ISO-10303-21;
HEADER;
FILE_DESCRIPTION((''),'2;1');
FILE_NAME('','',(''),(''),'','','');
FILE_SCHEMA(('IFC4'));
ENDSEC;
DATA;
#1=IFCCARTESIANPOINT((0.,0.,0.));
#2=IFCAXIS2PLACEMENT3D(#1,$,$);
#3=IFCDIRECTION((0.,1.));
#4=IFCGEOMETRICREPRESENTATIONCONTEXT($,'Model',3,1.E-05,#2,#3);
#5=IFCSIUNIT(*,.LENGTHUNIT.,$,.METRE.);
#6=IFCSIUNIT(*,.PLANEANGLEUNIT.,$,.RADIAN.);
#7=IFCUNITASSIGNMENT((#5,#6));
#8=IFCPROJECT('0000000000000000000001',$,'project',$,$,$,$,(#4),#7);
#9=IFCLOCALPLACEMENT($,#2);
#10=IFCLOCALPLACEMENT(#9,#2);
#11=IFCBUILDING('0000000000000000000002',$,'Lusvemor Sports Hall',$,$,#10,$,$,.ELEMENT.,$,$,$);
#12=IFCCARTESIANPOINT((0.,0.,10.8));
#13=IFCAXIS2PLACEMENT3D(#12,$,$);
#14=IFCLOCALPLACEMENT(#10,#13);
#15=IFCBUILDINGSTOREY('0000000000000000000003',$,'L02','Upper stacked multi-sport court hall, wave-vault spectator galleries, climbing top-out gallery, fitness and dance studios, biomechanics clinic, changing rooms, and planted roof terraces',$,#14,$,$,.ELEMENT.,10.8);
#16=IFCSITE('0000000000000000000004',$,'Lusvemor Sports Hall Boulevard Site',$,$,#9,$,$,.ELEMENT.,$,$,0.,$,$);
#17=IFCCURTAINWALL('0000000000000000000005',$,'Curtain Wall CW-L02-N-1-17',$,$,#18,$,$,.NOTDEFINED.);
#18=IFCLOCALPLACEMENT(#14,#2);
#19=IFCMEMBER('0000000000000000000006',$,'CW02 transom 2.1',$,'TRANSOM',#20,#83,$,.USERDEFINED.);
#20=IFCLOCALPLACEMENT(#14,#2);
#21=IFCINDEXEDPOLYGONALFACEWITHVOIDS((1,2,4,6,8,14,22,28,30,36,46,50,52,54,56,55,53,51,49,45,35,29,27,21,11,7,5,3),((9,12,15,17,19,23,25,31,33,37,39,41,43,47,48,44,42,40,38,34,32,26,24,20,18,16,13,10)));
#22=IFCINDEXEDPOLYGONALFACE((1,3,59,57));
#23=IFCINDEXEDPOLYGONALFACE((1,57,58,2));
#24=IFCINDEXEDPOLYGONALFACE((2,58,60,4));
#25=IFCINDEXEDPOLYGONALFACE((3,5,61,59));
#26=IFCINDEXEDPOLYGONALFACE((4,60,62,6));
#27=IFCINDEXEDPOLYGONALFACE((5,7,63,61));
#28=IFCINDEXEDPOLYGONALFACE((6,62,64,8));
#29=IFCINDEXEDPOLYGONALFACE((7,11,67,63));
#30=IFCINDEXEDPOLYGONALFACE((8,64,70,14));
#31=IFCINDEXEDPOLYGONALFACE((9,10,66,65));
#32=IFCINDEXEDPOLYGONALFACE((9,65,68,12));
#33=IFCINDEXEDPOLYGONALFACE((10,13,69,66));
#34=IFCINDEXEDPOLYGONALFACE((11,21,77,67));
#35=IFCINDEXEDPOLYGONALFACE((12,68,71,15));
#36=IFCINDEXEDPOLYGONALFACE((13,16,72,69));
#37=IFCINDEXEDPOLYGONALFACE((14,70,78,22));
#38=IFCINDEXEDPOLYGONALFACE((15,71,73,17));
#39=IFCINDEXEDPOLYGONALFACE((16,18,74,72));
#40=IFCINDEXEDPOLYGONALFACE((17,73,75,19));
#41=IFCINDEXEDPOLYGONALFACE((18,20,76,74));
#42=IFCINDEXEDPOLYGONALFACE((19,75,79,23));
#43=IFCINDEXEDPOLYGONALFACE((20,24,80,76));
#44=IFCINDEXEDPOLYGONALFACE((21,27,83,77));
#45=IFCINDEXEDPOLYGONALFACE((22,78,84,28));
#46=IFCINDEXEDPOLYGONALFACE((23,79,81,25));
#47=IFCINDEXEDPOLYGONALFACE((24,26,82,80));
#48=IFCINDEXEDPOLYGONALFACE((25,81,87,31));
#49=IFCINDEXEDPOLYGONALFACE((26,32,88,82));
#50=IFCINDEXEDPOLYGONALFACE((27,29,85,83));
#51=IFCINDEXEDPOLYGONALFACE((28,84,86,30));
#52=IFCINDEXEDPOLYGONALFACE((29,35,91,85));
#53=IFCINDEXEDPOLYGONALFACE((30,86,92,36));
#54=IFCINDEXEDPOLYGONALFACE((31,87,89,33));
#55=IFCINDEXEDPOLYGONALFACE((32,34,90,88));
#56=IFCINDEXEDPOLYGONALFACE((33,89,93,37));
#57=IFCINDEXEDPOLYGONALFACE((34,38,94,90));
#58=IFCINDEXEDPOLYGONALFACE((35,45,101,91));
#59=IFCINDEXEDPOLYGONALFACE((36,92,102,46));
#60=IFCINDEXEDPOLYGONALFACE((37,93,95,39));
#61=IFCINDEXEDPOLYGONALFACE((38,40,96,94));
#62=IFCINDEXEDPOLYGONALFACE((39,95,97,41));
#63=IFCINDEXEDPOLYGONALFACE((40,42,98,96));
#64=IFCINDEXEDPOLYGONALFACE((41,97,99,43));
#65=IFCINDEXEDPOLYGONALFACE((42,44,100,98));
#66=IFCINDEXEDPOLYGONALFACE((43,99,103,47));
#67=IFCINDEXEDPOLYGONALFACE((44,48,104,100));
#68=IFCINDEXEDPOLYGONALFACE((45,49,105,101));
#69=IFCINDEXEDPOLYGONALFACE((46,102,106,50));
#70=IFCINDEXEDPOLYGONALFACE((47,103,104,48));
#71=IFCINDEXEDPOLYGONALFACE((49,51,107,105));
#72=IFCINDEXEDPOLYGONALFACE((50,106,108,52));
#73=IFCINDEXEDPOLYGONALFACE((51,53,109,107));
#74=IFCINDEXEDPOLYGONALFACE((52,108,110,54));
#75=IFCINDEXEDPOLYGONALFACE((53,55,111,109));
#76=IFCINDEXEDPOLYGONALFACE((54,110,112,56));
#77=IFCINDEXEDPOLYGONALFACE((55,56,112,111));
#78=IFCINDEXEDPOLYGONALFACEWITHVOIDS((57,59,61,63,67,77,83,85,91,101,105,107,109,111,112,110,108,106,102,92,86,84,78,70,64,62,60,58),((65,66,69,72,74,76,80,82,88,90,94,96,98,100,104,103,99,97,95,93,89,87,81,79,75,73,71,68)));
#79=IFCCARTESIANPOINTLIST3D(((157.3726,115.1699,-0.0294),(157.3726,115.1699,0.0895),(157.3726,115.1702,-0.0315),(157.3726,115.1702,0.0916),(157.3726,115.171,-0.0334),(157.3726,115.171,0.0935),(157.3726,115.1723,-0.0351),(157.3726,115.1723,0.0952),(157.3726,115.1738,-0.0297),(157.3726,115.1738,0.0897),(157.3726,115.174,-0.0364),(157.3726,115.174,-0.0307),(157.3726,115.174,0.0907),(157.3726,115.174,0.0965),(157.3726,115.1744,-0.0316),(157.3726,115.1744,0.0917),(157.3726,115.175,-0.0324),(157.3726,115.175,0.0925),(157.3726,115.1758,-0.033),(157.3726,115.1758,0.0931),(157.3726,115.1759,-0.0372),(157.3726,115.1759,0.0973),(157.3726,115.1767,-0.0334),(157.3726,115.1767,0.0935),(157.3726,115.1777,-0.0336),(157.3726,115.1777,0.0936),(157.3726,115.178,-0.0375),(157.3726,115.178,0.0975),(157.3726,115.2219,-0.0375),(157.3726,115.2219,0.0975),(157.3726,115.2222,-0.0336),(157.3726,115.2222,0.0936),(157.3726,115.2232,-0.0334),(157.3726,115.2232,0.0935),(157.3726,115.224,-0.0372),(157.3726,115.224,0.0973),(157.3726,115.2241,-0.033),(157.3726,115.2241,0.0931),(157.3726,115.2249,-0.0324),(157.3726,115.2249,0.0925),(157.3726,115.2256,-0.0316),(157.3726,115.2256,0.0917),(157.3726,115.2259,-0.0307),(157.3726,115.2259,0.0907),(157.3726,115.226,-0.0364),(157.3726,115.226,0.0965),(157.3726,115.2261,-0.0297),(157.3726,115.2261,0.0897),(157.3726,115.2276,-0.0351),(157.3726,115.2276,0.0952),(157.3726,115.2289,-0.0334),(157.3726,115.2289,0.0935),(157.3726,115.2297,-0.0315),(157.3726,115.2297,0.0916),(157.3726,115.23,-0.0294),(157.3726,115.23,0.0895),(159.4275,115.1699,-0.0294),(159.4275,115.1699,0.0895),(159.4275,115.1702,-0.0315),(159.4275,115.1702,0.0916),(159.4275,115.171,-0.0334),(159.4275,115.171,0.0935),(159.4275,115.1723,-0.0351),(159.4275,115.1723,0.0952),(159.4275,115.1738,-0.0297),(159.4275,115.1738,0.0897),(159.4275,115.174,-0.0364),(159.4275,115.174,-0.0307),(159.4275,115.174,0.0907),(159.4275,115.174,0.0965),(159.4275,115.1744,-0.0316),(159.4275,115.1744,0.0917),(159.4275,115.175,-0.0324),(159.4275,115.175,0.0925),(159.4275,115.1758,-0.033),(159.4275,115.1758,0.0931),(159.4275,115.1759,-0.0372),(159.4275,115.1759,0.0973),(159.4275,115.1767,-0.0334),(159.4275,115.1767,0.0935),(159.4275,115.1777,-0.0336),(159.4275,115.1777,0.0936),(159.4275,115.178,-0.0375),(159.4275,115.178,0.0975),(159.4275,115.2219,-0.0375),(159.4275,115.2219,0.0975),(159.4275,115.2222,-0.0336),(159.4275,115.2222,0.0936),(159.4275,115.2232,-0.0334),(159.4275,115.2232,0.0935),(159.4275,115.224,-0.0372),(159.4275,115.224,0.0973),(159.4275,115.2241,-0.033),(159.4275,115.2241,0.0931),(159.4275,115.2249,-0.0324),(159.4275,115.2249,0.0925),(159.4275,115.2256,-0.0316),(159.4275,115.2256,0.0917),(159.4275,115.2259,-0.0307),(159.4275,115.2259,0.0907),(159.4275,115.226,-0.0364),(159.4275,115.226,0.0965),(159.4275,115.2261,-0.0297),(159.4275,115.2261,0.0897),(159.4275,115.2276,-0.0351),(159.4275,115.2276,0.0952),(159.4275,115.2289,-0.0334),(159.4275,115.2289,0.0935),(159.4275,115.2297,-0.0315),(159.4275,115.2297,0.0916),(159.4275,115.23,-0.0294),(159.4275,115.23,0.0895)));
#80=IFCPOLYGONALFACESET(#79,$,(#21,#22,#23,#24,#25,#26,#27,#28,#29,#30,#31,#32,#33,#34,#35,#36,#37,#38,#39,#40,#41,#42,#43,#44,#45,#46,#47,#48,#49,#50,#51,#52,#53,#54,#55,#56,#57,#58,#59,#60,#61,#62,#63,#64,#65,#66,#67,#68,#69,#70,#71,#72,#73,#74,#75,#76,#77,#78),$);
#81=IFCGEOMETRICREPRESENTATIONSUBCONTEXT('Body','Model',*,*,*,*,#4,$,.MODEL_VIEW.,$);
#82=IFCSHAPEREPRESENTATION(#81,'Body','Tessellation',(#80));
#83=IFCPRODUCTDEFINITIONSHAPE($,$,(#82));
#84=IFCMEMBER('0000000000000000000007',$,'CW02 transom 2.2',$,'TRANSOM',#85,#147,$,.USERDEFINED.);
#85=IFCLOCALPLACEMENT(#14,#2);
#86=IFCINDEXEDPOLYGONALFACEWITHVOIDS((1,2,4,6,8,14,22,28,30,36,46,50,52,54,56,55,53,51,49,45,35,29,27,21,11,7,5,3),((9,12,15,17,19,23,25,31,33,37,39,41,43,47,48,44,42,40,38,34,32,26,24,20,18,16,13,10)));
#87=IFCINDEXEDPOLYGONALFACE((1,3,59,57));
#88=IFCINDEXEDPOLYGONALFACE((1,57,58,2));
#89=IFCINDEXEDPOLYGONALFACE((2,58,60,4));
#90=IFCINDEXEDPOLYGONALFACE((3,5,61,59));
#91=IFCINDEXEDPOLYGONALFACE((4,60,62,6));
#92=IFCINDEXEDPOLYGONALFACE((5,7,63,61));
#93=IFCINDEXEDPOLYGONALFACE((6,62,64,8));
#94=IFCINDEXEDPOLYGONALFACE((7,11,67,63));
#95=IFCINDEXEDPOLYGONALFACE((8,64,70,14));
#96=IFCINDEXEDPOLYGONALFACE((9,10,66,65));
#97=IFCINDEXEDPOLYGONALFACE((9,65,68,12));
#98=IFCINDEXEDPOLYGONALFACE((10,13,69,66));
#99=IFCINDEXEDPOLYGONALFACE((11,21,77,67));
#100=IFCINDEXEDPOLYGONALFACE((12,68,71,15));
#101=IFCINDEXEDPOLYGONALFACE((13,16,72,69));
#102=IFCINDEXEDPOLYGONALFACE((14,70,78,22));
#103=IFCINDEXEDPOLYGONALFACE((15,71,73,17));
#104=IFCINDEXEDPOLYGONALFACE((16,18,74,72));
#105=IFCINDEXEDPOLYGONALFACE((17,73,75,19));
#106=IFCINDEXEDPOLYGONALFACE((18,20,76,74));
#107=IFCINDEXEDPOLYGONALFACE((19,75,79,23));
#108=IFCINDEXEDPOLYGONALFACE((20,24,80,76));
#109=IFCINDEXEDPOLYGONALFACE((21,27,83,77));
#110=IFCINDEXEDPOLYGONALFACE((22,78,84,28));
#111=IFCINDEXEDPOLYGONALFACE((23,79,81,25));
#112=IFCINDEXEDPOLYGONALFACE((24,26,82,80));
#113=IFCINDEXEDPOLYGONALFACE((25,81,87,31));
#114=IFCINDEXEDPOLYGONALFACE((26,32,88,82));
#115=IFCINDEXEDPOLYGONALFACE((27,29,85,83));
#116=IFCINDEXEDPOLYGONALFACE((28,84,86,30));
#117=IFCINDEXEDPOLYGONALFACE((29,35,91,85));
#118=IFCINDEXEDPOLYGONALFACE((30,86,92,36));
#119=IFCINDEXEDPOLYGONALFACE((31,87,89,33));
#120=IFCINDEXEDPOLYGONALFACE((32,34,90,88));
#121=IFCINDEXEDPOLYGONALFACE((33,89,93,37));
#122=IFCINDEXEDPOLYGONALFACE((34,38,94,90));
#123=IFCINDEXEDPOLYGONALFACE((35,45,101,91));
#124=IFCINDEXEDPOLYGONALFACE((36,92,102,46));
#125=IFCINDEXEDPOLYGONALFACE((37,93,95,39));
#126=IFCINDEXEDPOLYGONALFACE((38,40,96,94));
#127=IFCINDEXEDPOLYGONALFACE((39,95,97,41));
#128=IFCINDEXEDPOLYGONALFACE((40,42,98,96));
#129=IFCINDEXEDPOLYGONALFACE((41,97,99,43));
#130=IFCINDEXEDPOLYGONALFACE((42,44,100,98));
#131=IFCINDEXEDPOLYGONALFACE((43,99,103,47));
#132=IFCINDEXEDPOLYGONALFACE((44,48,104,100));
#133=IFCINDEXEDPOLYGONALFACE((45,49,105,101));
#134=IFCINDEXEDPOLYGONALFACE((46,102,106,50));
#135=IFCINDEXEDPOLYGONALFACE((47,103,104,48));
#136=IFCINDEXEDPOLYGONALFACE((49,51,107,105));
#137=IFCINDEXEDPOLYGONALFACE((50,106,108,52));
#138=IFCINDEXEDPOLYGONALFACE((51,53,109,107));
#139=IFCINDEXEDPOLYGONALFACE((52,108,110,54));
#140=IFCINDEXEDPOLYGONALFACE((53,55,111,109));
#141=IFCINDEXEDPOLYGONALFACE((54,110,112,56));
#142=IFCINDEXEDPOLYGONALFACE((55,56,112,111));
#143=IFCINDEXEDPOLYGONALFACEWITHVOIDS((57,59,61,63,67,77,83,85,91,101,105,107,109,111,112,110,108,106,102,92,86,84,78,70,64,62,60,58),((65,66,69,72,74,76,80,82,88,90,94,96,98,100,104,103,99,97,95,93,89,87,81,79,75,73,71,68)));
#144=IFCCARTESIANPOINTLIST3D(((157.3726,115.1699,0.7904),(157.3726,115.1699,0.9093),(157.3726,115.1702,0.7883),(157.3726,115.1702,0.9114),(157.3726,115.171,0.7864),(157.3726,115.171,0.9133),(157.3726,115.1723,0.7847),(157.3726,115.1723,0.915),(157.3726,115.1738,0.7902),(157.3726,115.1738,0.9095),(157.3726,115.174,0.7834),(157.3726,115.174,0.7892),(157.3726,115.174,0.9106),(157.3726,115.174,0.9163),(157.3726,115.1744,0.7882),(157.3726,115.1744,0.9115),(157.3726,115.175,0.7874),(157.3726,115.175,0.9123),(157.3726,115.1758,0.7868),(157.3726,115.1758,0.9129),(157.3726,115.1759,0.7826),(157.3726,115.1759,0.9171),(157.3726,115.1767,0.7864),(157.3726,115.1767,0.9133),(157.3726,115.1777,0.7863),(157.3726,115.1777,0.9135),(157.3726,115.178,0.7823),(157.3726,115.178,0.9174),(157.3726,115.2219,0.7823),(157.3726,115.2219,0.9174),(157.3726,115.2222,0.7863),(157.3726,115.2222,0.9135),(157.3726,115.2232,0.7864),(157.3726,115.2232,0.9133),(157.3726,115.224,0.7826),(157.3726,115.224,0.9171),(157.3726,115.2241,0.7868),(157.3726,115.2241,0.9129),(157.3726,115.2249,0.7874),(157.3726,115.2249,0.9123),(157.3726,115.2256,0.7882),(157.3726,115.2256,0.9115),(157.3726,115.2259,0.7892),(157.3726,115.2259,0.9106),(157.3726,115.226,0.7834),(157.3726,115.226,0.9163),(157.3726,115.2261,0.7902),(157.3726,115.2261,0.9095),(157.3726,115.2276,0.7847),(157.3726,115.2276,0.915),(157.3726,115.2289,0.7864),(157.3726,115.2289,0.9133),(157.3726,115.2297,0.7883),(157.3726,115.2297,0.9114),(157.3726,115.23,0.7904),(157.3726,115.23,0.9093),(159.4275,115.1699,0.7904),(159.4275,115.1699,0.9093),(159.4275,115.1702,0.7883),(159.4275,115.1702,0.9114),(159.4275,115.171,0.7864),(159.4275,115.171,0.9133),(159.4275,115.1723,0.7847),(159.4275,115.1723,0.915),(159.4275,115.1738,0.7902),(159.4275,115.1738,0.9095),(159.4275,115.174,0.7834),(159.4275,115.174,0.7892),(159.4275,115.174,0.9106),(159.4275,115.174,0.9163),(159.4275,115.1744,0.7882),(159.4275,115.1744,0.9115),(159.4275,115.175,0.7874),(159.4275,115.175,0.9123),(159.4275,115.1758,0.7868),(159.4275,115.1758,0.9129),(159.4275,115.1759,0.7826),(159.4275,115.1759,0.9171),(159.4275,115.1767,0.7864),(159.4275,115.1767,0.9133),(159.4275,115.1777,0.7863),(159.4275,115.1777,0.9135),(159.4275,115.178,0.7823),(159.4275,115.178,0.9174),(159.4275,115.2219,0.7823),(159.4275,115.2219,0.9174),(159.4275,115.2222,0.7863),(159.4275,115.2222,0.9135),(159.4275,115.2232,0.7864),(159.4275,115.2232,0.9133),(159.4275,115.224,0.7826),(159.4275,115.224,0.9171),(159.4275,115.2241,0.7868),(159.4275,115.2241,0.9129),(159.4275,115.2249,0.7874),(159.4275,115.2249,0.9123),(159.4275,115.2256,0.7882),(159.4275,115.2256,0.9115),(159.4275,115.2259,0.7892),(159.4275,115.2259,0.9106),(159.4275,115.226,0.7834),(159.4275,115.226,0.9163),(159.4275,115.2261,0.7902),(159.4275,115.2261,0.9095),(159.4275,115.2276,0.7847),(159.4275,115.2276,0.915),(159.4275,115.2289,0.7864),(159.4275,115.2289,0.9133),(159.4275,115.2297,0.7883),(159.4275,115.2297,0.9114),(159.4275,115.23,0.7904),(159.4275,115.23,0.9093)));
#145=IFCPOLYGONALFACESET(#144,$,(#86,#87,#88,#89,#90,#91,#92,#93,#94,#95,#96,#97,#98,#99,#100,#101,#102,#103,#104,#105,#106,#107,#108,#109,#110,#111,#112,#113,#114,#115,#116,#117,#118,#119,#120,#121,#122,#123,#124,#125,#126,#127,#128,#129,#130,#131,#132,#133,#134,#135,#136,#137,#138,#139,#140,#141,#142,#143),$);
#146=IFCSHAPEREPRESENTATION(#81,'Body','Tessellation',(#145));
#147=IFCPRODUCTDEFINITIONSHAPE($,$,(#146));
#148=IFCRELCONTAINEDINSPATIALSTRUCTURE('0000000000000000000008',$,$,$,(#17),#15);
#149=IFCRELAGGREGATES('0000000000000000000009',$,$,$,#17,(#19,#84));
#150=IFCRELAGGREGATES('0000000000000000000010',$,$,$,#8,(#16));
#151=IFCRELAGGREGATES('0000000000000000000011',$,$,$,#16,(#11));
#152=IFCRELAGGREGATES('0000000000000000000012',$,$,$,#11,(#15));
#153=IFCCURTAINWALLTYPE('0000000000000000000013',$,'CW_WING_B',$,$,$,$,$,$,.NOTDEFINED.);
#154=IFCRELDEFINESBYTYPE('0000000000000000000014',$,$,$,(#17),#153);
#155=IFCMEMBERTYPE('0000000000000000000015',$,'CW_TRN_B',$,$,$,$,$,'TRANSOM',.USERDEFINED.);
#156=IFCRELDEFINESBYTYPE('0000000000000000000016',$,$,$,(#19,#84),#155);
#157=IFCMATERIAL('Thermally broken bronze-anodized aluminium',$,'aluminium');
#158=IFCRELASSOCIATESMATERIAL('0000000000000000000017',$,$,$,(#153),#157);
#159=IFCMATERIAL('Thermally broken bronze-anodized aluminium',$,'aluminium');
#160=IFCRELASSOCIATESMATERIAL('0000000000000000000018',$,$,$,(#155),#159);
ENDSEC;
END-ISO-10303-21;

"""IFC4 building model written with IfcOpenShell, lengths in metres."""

from ifc_helpers import new_model, si_unit, direction, frame, origin, origin_2d, place, context, subcontext, project, spatial, hollow_rectangle, extrude, material, material_profile, profile_set, type_object, element, aggregate, save


model = new_model("IFC4")

# Units and contexts
model_context = context("Model", 3, precision=1e-05, world=origin(), true_north=direction((0.0, 1.0)))
body_context = subcontext(model_context, "Body", "Model", "MODEL_VIEW")
ifc_project = project(units=[si_unit("LENGTHUNIT", "METRE"), si_unit("PLANEANGLEUNIT", "RADIAN")], contexts=[model_context])

# Site, building, storey
site_placement = place(None, origin())
site = spatial("IfcSite", under=ifc_project, at=site_placement, Name="Lusvemor Sports Hall Boulevard Site", CompositionType="ELEMENT", RefElevation=0.0)
building_placement = place(site_placement, origin())
building = spatial("IfcBuilding", under=site, at=building_placement, Name="Lusvemor Sports Hall", CompositionType="ELEMENT")
storey_placement = place(building_placement, frame((0.0, 0.0, 10.8)))
storey = spatial("IfcBuildingStorey", under=building, at=storey_placement, Name="L02", Description="Upper stacked multi-sport court hall, wave-vault spectator galleries, climbing top-out gallery, fitness and dance studios, biomechanics clinic, changing rooms, and planted roof terraces", CompositionType="ELEMENT", Elevation=10.8)

# Curtain wall, members
ifc_material_1 = material(Name="Thermally broken bronze-anodized aluminium", Category="aluminium")
curtain_wall_type = type_object("IfcCurtainWallType", Name="CW_WING_B", PredefinedType="NOTDEFINED", material=ifc_material_1)
curtain_wall_placement = place(storey_placement, origin())
curtain_wall = element("IfcCurtainWall", 1, at=curtain_wall_placement, inside=storey, type_object=curtain_wall_type, Name="Curtain Wall CW-L02-N-1-17", PredefinedType="NOTDEFINED")
ifc_material_2 = material(Name="Thermally broken bronze-anodized aluminium", Category="aluminium")
ifc_material_profile_1 = material_profile(ifc_material_2, hollow_rectangle(XDim=0.0601, YDim=0.135, WallThickness=0.0039, InnerFilletRadius=0.0039, OuterFilletRadius=0.0081, at=origin_2d()), Name="CWTRN135x60x4")
ifc_profile_set_1 = profile_set([ifc_material_profile_1], Name="Thermally broken bronze-anodized aluminium")
member_type_1 = type_object("IfcMemberType", Name="CW_TRN_B", ElementType="TRANSOM", PredefinedType="USERDEFINED", material=ifc_profile_set_1)
member_1_placement = place(storey_placement, frame((157.3726, 115.2, 0.03), z_axis=(1.0, 0.0, 0.0), x_axis=(0.0, 1.0, 0.0)))
member_1 = element("IfcMember", 2, at=member_1_placement, type_object=member_type_1, Name="CW02 transom 2.1", ObjectType="TRANSOM", PredefinedType="USERDEFINED", context=body_context, shape_type="SweptSolid", body=[
    extrude(hollow_rectangle(XDim=0.0601, YDim=0.135, WallThickness=0.0039, InnerFilletRadius=0.0039, OuterFilletRadius=0.0081, at=origin_2d()), origin(), (0.0, 0.0, 1.0), 2.0549),
])
member_2_placement = place(storey_placement, frame((157.3726, 115.2, 0.8499), z_axis=(1.0, 0.0, 0.0), x_axis=(0.0, 1.0, 0.0)))
member_2 = element("IfcMember", 3, at=member_2_placement, type_object=member_type_1, Name="CW02 transom 2.2", ObjectType="TRANSOM", PredefinedType="USERDEFINED", context=body_context, shape_type="SweptSolid", body=[
    extrude(hollow_rectangle(XDim=0.0601, YDim=0.135, WallThickness=0.0039, InnerFilletRadius=0.0039, OuterFilletRadius=0.0081, at=origin_2d()), origin(), (0.0, 0.0, 1.0), 2.0549),
])
aggregate(curtain_wall, [member_1, member_2])

save(model, "model.ifc")
